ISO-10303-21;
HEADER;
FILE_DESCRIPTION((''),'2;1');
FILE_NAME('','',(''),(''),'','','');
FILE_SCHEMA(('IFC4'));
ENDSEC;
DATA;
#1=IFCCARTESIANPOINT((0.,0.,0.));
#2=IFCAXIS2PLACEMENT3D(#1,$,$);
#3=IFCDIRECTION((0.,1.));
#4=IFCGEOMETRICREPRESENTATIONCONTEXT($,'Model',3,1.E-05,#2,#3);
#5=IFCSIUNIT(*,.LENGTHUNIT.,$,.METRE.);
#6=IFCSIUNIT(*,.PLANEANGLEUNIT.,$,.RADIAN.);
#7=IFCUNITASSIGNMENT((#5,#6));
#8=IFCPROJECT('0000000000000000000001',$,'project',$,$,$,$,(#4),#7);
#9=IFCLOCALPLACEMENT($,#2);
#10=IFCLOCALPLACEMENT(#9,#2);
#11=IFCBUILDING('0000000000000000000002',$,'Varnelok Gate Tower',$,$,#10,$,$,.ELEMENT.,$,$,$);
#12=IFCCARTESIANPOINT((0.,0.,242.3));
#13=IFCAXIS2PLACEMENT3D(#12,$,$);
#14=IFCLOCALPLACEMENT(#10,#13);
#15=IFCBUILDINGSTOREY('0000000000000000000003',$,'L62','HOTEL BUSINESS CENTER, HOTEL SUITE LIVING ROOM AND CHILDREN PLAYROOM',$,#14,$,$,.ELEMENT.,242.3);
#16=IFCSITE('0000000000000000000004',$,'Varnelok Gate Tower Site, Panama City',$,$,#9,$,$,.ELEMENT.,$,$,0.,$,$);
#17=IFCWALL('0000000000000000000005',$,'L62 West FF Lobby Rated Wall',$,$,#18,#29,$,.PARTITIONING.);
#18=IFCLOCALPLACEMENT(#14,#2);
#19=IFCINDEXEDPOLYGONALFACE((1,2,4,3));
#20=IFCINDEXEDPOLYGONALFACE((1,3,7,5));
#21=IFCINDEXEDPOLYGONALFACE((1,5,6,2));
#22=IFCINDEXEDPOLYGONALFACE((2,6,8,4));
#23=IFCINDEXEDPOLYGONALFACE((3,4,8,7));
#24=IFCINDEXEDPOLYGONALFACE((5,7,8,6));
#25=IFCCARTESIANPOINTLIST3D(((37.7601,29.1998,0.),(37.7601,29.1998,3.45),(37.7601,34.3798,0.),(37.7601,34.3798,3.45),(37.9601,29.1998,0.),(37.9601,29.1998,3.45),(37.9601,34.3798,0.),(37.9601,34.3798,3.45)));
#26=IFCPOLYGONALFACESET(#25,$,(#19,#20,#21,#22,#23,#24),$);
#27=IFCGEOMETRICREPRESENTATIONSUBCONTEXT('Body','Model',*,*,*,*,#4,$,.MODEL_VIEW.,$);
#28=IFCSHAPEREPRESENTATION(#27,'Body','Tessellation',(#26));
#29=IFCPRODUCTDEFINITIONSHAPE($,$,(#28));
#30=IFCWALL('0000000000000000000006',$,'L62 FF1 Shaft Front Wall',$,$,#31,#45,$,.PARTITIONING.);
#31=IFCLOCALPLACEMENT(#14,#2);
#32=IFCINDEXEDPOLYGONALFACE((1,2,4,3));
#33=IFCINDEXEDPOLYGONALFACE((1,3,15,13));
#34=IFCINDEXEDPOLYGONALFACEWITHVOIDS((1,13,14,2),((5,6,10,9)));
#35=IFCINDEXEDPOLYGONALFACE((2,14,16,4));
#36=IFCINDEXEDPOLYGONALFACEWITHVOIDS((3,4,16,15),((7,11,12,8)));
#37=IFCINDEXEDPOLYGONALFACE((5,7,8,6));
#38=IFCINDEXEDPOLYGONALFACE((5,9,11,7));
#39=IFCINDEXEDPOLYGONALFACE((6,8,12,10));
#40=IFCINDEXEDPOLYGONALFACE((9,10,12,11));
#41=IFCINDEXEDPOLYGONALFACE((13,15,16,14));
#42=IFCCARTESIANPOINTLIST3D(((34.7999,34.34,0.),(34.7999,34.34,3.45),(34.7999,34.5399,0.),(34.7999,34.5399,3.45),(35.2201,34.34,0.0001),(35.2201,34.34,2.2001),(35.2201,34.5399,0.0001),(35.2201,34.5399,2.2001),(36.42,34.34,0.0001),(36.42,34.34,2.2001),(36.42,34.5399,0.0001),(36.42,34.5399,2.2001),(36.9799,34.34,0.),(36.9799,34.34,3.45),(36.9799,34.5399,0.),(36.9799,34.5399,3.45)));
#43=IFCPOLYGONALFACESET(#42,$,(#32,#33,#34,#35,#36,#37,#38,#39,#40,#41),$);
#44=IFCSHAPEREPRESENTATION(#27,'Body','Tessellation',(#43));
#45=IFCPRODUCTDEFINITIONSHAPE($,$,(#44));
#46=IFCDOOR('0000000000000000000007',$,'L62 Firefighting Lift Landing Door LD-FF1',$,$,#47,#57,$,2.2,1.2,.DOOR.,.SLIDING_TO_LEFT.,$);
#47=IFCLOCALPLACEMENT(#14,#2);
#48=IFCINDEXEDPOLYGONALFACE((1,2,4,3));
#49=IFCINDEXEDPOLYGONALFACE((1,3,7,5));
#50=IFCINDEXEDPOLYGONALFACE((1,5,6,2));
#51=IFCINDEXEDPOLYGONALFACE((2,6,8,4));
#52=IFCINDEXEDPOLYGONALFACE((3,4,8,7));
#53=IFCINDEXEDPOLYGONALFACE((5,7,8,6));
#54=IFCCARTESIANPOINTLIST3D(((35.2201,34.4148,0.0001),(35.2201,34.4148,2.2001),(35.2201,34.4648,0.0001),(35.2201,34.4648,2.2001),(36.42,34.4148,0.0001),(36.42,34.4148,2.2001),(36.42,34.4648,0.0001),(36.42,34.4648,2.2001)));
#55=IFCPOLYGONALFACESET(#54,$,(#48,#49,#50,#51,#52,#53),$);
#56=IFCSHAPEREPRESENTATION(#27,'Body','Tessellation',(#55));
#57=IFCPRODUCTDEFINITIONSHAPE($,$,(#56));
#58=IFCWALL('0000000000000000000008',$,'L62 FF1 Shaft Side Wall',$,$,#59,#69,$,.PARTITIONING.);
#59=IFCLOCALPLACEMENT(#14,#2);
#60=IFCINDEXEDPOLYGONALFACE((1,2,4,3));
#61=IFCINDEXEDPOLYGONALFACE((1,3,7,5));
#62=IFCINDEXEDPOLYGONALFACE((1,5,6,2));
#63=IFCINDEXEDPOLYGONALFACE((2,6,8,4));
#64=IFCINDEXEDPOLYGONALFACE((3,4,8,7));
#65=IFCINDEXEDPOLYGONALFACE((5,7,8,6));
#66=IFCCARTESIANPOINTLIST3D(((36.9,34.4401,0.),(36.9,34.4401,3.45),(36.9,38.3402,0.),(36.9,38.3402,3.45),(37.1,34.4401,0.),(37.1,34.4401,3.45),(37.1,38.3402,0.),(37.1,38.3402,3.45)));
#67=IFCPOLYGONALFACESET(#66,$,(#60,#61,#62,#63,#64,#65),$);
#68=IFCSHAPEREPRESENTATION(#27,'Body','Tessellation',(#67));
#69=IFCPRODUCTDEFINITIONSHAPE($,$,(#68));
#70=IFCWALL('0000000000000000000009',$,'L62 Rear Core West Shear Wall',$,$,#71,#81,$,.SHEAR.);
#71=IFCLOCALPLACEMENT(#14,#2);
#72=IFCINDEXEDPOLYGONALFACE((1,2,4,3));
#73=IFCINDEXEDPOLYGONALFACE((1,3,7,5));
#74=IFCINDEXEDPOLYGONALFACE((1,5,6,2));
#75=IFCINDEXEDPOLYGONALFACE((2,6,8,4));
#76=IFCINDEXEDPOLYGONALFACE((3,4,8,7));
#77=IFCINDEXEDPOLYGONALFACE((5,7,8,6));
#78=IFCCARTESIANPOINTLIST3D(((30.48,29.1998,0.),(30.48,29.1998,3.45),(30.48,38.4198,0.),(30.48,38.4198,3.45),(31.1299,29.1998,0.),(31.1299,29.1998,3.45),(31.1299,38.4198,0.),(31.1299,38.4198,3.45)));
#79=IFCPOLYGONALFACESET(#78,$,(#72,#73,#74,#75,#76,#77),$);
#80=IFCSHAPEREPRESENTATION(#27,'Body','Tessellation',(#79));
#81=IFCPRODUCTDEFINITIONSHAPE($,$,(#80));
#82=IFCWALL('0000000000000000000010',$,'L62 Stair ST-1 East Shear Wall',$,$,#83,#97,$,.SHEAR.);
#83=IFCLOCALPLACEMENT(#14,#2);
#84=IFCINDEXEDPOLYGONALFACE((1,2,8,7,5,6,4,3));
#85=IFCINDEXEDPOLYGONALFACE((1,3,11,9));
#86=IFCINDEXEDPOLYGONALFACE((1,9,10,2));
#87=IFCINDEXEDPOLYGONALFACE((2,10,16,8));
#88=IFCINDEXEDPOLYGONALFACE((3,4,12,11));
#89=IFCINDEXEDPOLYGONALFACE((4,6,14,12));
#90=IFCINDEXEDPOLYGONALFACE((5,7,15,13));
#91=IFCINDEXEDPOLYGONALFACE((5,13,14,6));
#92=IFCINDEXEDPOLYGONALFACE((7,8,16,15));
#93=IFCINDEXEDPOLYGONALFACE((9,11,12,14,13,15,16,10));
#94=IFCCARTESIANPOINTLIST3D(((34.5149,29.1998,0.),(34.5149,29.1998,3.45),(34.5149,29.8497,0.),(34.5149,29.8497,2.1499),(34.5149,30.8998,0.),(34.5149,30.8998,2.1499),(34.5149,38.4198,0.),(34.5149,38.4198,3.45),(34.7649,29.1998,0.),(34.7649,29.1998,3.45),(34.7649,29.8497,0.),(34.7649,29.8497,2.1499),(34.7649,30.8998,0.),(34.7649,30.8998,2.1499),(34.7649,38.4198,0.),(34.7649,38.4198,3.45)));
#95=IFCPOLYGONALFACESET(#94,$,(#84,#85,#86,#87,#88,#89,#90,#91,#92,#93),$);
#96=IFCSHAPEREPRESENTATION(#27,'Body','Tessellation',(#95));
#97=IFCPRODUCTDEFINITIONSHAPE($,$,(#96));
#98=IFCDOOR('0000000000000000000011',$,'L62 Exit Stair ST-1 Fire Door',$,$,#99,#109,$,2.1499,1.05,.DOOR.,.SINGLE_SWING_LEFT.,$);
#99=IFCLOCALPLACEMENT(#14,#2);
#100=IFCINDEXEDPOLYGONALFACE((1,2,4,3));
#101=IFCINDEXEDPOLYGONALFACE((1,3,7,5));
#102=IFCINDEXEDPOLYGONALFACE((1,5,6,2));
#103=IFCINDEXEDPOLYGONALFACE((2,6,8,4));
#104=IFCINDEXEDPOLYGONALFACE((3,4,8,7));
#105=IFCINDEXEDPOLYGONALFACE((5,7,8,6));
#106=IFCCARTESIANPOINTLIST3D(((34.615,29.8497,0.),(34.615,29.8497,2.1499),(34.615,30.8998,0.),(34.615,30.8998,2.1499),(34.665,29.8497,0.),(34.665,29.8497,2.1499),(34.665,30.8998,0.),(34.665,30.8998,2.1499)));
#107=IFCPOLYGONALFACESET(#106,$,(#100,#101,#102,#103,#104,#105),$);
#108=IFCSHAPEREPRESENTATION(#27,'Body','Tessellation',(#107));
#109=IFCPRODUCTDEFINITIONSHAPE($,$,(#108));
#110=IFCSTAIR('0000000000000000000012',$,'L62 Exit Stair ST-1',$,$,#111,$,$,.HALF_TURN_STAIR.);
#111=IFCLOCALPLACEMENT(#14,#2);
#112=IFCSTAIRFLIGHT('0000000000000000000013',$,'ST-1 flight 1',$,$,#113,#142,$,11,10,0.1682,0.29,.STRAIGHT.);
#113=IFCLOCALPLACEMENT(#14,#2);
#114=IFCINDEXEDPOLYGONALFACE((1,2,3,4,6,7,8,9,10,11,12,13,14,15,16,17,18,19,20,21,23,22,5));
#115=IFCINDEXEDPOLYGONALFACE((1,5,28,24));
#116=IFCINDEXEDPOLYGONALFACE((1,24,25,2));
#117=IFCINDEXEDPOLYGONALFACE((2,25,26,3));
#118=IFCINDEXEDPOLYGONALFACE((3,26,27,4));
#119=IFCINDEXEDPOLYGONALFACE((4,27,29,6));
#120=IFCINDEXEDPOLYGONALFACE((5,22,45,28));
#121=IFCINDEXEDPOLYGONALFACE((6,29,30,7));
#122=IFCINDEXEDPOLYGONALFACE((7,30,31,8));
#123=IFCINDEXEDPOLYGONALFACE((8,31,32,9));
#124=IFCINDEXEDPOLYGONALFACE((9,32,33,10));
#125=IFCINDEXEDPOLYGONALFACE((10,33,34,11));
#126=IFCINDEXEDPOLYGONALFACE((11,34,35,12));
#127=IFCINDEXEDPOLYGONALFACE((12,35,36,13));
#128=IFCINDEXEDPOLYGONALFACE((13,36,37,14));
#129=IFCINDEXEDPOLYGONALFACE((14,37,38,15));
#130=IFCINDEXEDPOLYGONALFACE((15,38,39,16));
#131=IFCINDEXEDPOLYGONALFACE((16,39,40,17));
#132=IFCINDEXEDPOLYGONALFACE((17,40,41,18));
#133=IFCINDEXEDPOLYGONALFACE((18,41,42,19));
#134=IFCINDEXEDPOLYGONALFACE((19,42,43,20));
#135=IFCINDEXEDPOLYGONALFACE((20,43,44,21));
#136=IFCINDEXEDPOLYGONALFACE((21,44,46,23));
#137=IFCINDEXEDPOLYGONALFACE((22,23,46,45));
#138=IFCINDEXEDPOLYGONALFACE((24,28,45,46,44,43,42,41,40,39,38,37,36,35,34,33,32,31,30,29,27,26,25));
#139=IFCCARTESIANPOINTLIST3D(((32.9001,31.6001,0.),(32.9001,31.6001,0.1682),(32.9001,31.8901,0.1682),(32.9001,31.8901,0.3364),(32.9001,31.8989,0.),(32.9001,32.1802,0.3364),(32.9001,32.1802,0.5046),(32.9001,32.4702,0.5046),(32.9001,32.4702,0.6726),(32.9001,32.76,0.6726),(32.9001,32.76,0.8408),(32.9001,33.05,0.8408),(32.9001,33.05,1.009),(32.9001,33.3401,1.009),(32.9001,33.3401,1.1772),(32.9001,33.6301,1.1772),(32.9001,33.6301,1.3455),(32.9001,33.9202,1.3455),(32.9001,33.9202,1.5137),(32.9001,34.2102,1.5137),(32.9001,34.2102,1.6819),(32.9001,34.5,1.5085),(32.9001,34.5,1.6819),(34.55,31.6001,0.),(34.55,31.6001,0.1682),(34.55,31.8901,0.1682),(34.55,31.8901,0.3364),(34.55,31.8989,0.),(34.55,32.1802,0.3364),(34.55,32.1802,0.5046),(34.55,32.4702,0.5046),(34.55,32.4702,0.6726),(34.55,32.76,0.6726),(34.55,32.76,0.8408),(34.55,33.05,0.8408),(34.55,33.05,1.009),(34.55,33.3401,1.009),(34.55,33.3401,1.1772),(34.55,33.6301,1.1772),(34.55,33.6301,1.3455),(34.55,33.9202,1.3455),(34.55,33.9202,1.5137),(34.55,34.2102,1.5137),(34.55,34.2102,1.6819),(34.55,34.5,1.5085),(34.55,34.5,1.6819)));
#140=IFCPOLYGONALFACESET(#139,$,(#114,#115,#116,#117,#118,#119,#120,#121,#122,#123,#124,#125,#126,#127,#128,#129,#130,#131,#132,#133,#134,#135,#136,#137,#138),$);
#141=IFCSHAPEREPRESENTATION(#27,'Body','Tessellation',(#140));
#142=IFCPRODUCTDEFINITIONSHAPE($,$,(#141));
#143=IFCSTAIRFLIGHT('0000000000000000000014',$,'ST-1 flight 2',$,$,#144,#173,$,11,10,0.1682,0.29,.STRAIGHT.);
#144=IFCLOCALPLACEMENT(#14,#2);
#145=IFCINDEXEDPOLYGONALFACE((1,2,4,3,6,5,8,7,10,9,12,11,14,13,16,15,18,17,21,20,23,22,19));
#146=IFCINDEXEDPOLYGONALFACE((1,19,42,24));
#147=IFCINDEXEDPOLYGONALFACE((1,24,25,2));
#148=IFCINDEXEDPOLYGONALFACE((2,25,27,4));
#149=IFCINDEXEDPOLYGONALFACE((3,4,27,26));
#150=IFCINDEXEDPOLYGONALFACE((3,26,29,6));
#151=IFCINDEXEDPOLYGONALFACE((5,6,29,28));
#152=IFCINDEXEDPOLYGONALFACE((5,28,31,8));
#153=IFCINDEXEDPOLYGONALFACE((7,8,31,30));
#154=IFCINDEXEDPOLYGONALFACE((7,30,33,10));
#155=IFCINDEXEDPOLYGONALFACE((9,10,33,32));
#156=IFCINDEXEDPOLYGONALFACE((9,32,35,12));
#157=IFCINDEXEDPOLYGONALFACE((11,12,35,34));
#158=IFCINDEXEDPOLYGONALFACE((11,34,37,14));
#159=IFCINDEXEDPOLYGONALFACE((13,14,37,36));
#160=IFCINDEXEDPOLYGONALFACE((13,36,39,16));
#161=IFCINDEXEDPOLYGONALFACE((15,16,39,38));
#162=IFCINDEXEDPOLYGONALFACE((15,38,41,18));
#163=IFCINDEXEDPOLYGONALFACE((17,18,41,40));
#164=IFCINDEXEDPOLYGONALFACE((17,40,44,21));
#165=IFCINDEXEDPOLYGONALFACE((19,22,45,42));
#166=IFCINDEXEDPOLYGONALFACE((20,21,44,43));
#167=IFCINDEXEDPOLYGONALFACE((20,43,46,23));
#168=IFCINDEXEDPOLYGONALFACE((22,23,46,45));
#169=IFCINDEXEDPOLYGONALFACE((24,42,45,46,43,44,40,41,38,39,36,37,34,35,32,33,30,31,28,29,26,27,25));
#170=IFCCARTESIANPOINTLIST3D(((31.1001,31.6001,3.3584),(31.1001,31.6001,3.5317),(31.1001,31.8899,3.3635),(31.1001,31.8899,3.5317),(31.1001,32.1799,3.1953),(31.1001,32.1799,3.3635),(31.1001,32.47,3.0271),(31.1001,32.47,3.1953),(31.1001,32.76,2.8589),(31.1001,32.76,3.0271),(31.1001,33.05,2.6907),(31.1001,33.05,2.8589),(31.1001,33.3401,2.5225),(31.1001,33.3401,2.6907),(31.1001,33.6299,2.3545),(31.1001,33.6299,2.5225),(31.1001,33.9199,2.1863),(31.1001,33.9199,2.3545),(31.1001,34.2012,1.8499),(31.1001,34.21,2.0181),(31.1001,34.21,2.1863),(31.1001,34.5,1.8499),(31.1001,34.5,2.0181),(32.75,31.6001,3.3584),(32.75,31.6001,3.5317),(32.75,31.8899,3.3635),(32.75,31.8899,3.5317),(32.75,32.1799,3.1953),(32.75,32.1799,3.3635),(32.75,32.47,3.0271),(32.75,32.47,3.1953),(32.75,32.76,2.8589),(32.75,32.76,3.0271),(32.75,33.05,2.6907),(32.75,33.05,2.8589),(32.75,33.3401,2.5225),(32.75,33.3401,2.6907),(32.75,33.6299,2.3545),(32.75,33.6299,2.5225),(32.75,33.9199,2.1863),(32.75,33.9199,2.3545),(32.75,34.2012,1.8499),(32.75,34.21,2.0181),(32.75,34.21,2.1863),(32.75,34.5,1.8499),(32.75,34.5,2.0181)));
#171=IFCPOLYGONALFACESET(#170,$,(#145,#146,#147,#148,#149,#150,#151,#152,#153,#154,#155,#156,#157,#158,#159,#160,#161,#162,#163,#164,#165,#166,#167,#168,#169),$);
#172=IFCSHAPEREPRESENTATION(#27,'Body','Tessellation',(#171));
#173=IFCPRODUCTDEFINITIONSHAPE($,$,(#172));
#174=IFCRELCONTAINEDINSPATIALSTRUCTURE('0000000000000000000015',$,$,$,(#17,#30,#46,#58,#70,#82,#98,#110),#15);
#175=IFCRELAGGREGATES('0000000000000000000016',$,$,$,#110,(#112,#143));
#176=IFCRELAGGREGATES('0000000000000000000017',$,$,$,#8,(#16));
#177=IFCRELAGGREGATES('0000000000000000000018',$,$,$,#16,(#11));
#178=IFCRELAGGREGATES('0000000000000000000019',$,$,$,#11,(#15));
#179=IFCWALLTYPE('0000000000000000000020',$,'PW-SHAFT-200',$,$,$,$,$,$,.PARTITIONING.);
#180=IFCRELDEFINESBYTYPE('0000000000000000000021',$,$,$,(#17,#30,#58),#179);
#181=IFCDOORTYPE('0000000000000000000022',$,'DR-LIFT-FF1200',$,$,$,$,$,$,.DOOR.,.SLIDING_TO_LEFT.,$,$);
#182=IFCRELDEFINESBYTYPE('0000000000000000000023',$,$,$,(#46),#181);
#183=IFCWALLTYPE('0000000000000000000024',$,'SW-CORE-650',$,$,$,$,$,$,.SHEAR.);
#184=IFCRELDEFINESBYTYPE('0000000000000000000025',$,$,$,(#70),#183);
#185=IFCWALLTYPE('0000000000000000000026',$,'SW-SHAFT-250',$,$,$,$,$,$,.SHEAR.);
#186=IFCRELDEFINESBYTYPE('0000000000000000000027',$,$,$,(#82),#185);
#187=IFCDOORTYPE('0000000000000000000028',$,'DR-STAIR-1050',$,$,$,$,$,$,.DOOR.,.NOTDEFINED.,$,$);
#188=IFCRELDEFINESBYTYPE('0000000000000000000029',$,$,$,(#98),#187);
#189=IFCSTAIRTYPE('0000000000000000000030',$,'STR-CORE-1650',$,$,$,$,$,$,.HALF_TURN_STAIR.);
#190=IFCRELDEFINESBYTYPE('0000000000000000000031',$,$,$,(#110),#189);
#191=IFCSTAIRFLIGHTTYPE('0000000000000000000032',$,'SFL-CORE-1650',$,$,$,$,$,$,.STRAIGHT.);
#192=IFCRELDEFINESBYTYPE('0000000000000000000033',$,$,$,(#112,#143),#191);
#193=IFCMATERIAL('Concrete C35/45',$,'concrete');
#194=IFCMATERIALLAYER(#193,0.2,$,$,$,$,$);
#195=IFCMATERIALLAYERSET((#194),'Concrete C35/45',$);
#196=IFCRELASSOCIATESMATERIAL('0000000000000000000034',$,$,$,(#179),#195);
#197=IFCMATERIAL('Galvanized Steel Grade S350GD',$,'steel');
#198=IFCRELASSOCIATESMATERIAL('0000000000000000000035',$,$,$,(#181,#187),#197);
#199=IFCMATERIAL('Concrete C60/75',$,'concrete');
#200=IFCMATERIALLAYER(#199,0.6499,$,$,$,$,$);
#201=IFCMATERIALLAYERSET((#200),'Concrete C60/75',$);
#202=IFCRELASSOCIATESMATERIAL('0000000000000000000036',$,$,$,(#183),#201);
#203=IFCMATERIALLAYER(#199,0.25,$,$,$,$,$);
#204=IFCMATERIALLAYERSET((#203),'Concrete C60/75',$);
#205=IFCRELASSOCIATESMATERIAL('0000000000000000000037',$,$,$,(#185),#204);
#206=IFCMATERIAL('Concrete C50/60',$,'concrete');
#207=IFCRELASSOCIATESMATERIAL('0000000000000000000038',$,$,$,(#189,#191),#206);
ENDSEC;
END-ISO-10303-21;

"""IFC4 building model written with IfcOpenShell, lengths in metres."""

from ifc_helpers import new_model, si_unit, direction, frame, frame_2d, origin, place, context, subcontext, project, spatial, polyline, rectangle, outline, extrude, material, layer, layer_set, type_object, element, fill, aggregate, save


model = new_model("IFC4")

# Units and contexts
model_context = context("Model", 3, precision=1e-05, world=origin(), true_north=direction((0.0, 1.0)))
body_context = subcontext(model_context, "Body", "Model", "MODEL_VIEW")
ifc_project = project(units=[si_unit("LENGTHUNIT", "METRE"), si_unit("PLANEANGLEUNIT", "RADIAN")], contexts=[model_context])

# Site, building, storey
site_placement = place(None, origin())
site = spatial("IfcSite", under=ifc_project, at=site_placement, Name="Varnelok Gate Tower Site, Panama City", CompositionType="ELEMENT", RefElevation=0.0)
building_placement = place(site_placement, origin())
building = spatial("IfcBuilding", under=site, at=building_placement, Name="Varnelok Gate Tower", CompositionType="ELEMENT")
storey_placement = place(building_placement, frame((0.0, 0.0, 242.3)))
storey = spatial("IfcBuildingStorey", under=building, at=storey_placement, Name="L62", Description="HOTEL BUSINESS CENTER, HOTEL SUITE LIVING ROOM AND CHILDREN PLAYROOM", CompositionType="ELEMENT", Elevation=242.3)

# Shared definitions
ifc_material_1 = material(Name="Concrete C60/75", Category="concrete")

# Wall
ifc_material_2 = material(Name="Concrete C35/45", Category="concrete")
ifc_layer_1 = layer(ifc_material_2, 0.2)
ifc_layer_set_1 = layer_set([ifc_layer_1], Name="Concrete C35/45")
wall_type_1 = type_object("IfcWallType", Name="PW-SHAFT-200", PredefinedType="PARTITIONING", material=ifc_layer_set_1)
wall_1_placement = place(storey_placement, frame((37.8601, 29.2, 0.0), z_axis=(0.0, 0.0, 1.0), x_axis=(0.0, 1.0, 0.0)))
element("IfcWall", 1, at=wall_1_placement, inside=storey, type_object=wall_type_1, Name="L62 West FF Lobby Rated Wall", PredefinedType="PARTITIONING", context=body_context, shape_type="SweptSolid", body=[
    extrude(rectangle(XDim=5.1799, YDim=0.2, at=frame_2d((2.5898, 0.0))), origin(), (0.0, 0.0, 1.0), 3.45),
])

# Wall, opening, door
wall_2_placement = place(storey_placement, frame((34.8, 34.4399, 0.0), z_axis=(0.0, 0.0, 1.0), x_axis=(1.0, 0.0, 0.0)))
wall_2 = element("IfcWall", 2, at=wall_2_placement, inside=storey, type_object=wall_type_1, Name="L62 FF1 Shaft Front Wall", PredefinedType="PARTITIONING", context=body_context, shape_type="SweptSolid", body=[
    extrude(rectangle(XDim=2.1799, YDim=0.2, at=frame_2d((1.0898, 0.0))), origin(), (0.0, 0.0, 1.0), 3.45),
])
opening_1_placement = place(wall_2_placement, frame((0.4199, 0.0, 0.0)))
opening_1 = element("IfcOpeningElement", 3, at=opening_1_placement, cuts=wall_2, PredefinedType="OPENING", context=body_context, shape_type="SweptSolid", body=[
    extrude(rectangle(XDim=1.2, YDim=2.2, at=frame_2d((0.6001, 1.1001))), frame((0.0, 0.1099, 0.0), z_axis=(0.0, -1.0, 0.0), x_axis=(1.0, 0.0, 0.0)), (0.0, 0.0, 1.0), 0.22),
])
ifc_material_3 = material(Name="Galvanized Steel Grade S350GD", Category="steel")
door_type_1 = type_object("IfcDoorType", Name="DR-LIFT-FF1200", OperationType="SLIDING_TO_LEFT", PredefinedType="DOOR", material=ifc_material_3)
door_1_placement = place(opening_1_placement, origin())
door_1 = element("IfcDoor", 4, at=door_1_placement, inside=storey, type_object=door_type_1, Name="L62 Firefighting Lift Landing Door LD-FF1", OperationType="SLIDING_TO_LEFT", OverallHeight=2.2, OverallWidth=1.2, PredefinedType="DOOR", context=body_context, shape_type="SweptSolid", body=[
    extrude(rectangle(XDim=1.2, YDim=2.2, at=frame_2d((0.6001, 1.1001))), frame((0.0, 0.0249, 0.0), z_axis=(0.0, -1.0, 0.0), x_axis=(1.0, 0.0, 0.0)), (0.0, 0.0, 1.0), 0.05),
])
fill(opening_1, door_1)

# Walls
wall_3_placement = place(storey_placement, frame((37.0, 34.4399, 0.0), z_axis=(0.0, 0.0, 1.0), x_axis=(0.0, 1.0, 0.0)))
element("IfcWall", 5, at=wall_3_placement, inside=storey, type_object=wall_type_1, Name="L62 FF1 Shaft Side Wall", PredefinedType="PARTITIONING", context=body_context, shape_type="SweptSolid", body=[
    extrude(rectangle(XDim=3.9001, YDim=0.2, at=frame_2d((1.9502, 0.0))), origin(), (0.0, 0.0, 1.0), 3.45),
])
ifc_layer_2 = layer(ifc_material_1, 0.6499)
ifc_layer_set_2 = layer_set([ifc_layer_2], Name="Concrete C60/75")
wall_type_2 = type_object("IfcWallType", Name="SW-CORE-650", PredefinedType="SHEAR", material=ifc_layer_set_2)
wall_4_placement = place(storey_placement, frame((30.8049, 29.2, 0.0), z_axis=(0.0, 0.0, 1.0), x_axis=(0.0, 1.0, 0.0)))
element("IfcWall", 6, at=wall_4_placement, inside=storey, type_object=wall_type_2, Name="L62 Rear Core West Shear Wall", PredefinedType="SHEAR", context=body_context, shape_type="SweptSolid", body=[
    extrude(rectangle(XDim=9.22, YDim=0.6499, at=frame_2d((4.6099, 0.0))), origin(), (0.0, 0.0, 1.0), 3.45),
])

# Wall, opening, door
ifc_layer_3 = layer(ifc_material_1, 0.25)
ifc_layer_set_3 = layer_set([ifc_layer_3], Name="Concrete C60/75")
wall_type_3 = type_object("IfcWallType", Name="SW-SHAFT-250", PredefinedType="SHEAR", material=ifc_layer_set_3)
wall_5_placement = place(storey_placement, frame((34.6399, 29.2, 0.0), z_axis=(0.0, 0.0, 1.0), x_axis=(0.0, 1.0, 0.0)))
wall_5 = element("IfcWall", 7, at=wall_5_placement, inside=storey, type_object=wall_type_3, Name="L62 Stair ST-1 East Shear Wall", PredefinedType="SHEAR", context=body_context, shape_type="SweptSolid", body=[
    extrude(rectangle(XDim=9.22, YDim=0.25, at=frame_2d((4.6099, 0.0))), origin(), (0.0, 0.0, 1.0), 3.45),
])
opening_2_placement = place(wall_5_placement, frame((0.6499, 0.0, 0.0)))
opening_2 = element("IfcOpeningElement", 8, at=opening_2_placement, cuts=wall_5, PredefinedType="OPENING", context=body_context, shape_type="SweptSolid", body=[
    extrude(rectangle(XDim=1.05, YDim=2.1499, at=frame_2d((0.5249, 1.075))), frame((0.0, 0.135, 0.0), z_axis=(0.0, -1.0, 0.0), x_axis=(1.0, 0.0, 0.0)), (0.0, 0.0, 1.0), 0.27),
])
door_type_2 = type_object("IfcDoorType", Name="DR-STAIR-1050", OperationType="NOTDEFINED", PredefinedType="DOOR", material=ifc_material_3)
door_2_placement = place(opening_2_placement, origin())
door_2 = element("IfcDoor", 9, at=door_2_placement, inside=storey, type_object=door_type_2, Name="L62 Exit Stair ST-1 Fire Door", OperationType="SINGLE_SWING_LEFT", OverallHeight=2.1499, OverallWidth=1.05, PredefinedType="DOOR", context=body_context, shape_type="SweptSolid", body=[
    extrude(rectangle(XDim=1.05, YDim=2.1499, at=frame_2d((0.5249, 1.075))), frame((0.0, 0.0249, 0.0), z_axis=(0.0, -1.0, 0.0), x_axis=(1.0, 0.0, 0.0)), (0.0, 0.0, 1.0), 0.05),
])
fill(opening_2, door_2)

# Stair, stair flights
ifc_material_4 = material(Name="Concrete C50/60", Category="concrete")
stair_type = type_object("IfcStairType", Name="STR-CORE-1650", PredefinedType="HALF_TURN_STAIR", material=ifc_material_4)
stair_placement = place(storey_placement, origin())
stair = element("IfcStair", 10, at=stair_placement, inside=storey, type_object=stair_type, Name="L62 Exit Stair ST-1", PredefinedType="HALF_TURN_STAIR")
stair_flight_type = type_object("IfcStairFlightType", Name="SFL-CORE-1650", PredefinedType="STRAIGHT", material=ifc_material_4)
stair_flight_1_placement = place(storey_placement, frame((33.7251, 31.6001, 0.0), z_axis=(0.0, 0.0, 1.0), x_axis=(0.0, 1.0, 0.0)))
stair_flight_1 = element("IfcStairFlight", 11, at=stair_flight_1_placement, type_object=stair_flight_type, Name="ST-1 flight 1", NumberOfRisers=11, NumberOfTreads=10, PredefinedType="STRAIGHT", RiserHeight=0.1682, TreadLength=0.29, context=body_context, shape_type="SweptSolid", body=[
    extrude(outline(polyline([(0.0, 0.0), (0.0, 0.1682), (0.29, 0.1682), (0.29, 0.3364), (0.5801, 0.3364), (0.5801, 0.5046), (0.8701, 0.5046), (0.8701, 0.6726), (1.1599, 0.6726), (1.1599, 0.8408), (1.45, 0.8408), (1.45, 1.009), (1.74, 1.009), (1.74, 1.1772), (2.03, 1.1772), (2.03, 1.3455), (2.3201, 1.3455), (2.3201, 1.5137), (2.6101, 1.5137), (2.6101, 1.6819), (2.8999, 1.6819), (2.8999, 1.8501), (2.8999, 1.5085), (0.2988, 0.0), (0.0, 0.0)])), frame((0.0, 0.825, 0.0), z_axis=(0.0, -1.0, 0.0), x_axis=(1.0, 0.0, 0.0)), (0.0, 0.0, 1.0), 1.6499),
])
stair_flight_2_placement = place(storey_placement, frame((31.925, 34.5, 1.8499), z_axis=(0.0, 0.0, 1.0), x_axis=(0.0, -1.0, 0.0)))
stair_flight_2 = element("IfcStairFlight", 12, at=stair_flight_2_placement, type_object=stair_flight_type, Name="ST-1 flight 2", NumberOfRisers=11, NumberOfTreads=10, PredefinedType="STRAIGHT", RiserHeight=0.1682, TreadLength=0.29, context=body_context, shape_type="SweptSolid", body=[
    extrude(outline(polyline([(0.0, 0.0), (0.0, 0.1682), (0.29, 0.1682), (0.29, 0.3364), (0.5801, 0.3364), (0.5801, 0.5046), (0.8701, 0.5046), (0.8701, 0.6726), (1.1599, 0.6726), (1.1599, 0.8408), (1.45, 0.8408), (1.45, 1.009), (1.74, 1.009), (1.74, 1.1772), (2.03, 1.1772), (2.03, 1.3455), (2.3201, 1.3455), (2.3201, 1.5137), (2.6101, 1.5137), (2.6101, 1.6819), (2.8999, 1.6819), (2.8999, 1.8501), (2.8999, 1.5085), (0.2988, 0.0), (0.0, 0.0)])), frame((0.0, 0.825, 0.0), z_axis=(0.0, -1.0, 0.0), x_axis=(1.0, 0.0, 0.0)), (0.0, 0.0, 1.0), 1.6499),
])
aggregate(stair, [stair_flight_1, stair_flight_2])

save(model, "model.ifc")
